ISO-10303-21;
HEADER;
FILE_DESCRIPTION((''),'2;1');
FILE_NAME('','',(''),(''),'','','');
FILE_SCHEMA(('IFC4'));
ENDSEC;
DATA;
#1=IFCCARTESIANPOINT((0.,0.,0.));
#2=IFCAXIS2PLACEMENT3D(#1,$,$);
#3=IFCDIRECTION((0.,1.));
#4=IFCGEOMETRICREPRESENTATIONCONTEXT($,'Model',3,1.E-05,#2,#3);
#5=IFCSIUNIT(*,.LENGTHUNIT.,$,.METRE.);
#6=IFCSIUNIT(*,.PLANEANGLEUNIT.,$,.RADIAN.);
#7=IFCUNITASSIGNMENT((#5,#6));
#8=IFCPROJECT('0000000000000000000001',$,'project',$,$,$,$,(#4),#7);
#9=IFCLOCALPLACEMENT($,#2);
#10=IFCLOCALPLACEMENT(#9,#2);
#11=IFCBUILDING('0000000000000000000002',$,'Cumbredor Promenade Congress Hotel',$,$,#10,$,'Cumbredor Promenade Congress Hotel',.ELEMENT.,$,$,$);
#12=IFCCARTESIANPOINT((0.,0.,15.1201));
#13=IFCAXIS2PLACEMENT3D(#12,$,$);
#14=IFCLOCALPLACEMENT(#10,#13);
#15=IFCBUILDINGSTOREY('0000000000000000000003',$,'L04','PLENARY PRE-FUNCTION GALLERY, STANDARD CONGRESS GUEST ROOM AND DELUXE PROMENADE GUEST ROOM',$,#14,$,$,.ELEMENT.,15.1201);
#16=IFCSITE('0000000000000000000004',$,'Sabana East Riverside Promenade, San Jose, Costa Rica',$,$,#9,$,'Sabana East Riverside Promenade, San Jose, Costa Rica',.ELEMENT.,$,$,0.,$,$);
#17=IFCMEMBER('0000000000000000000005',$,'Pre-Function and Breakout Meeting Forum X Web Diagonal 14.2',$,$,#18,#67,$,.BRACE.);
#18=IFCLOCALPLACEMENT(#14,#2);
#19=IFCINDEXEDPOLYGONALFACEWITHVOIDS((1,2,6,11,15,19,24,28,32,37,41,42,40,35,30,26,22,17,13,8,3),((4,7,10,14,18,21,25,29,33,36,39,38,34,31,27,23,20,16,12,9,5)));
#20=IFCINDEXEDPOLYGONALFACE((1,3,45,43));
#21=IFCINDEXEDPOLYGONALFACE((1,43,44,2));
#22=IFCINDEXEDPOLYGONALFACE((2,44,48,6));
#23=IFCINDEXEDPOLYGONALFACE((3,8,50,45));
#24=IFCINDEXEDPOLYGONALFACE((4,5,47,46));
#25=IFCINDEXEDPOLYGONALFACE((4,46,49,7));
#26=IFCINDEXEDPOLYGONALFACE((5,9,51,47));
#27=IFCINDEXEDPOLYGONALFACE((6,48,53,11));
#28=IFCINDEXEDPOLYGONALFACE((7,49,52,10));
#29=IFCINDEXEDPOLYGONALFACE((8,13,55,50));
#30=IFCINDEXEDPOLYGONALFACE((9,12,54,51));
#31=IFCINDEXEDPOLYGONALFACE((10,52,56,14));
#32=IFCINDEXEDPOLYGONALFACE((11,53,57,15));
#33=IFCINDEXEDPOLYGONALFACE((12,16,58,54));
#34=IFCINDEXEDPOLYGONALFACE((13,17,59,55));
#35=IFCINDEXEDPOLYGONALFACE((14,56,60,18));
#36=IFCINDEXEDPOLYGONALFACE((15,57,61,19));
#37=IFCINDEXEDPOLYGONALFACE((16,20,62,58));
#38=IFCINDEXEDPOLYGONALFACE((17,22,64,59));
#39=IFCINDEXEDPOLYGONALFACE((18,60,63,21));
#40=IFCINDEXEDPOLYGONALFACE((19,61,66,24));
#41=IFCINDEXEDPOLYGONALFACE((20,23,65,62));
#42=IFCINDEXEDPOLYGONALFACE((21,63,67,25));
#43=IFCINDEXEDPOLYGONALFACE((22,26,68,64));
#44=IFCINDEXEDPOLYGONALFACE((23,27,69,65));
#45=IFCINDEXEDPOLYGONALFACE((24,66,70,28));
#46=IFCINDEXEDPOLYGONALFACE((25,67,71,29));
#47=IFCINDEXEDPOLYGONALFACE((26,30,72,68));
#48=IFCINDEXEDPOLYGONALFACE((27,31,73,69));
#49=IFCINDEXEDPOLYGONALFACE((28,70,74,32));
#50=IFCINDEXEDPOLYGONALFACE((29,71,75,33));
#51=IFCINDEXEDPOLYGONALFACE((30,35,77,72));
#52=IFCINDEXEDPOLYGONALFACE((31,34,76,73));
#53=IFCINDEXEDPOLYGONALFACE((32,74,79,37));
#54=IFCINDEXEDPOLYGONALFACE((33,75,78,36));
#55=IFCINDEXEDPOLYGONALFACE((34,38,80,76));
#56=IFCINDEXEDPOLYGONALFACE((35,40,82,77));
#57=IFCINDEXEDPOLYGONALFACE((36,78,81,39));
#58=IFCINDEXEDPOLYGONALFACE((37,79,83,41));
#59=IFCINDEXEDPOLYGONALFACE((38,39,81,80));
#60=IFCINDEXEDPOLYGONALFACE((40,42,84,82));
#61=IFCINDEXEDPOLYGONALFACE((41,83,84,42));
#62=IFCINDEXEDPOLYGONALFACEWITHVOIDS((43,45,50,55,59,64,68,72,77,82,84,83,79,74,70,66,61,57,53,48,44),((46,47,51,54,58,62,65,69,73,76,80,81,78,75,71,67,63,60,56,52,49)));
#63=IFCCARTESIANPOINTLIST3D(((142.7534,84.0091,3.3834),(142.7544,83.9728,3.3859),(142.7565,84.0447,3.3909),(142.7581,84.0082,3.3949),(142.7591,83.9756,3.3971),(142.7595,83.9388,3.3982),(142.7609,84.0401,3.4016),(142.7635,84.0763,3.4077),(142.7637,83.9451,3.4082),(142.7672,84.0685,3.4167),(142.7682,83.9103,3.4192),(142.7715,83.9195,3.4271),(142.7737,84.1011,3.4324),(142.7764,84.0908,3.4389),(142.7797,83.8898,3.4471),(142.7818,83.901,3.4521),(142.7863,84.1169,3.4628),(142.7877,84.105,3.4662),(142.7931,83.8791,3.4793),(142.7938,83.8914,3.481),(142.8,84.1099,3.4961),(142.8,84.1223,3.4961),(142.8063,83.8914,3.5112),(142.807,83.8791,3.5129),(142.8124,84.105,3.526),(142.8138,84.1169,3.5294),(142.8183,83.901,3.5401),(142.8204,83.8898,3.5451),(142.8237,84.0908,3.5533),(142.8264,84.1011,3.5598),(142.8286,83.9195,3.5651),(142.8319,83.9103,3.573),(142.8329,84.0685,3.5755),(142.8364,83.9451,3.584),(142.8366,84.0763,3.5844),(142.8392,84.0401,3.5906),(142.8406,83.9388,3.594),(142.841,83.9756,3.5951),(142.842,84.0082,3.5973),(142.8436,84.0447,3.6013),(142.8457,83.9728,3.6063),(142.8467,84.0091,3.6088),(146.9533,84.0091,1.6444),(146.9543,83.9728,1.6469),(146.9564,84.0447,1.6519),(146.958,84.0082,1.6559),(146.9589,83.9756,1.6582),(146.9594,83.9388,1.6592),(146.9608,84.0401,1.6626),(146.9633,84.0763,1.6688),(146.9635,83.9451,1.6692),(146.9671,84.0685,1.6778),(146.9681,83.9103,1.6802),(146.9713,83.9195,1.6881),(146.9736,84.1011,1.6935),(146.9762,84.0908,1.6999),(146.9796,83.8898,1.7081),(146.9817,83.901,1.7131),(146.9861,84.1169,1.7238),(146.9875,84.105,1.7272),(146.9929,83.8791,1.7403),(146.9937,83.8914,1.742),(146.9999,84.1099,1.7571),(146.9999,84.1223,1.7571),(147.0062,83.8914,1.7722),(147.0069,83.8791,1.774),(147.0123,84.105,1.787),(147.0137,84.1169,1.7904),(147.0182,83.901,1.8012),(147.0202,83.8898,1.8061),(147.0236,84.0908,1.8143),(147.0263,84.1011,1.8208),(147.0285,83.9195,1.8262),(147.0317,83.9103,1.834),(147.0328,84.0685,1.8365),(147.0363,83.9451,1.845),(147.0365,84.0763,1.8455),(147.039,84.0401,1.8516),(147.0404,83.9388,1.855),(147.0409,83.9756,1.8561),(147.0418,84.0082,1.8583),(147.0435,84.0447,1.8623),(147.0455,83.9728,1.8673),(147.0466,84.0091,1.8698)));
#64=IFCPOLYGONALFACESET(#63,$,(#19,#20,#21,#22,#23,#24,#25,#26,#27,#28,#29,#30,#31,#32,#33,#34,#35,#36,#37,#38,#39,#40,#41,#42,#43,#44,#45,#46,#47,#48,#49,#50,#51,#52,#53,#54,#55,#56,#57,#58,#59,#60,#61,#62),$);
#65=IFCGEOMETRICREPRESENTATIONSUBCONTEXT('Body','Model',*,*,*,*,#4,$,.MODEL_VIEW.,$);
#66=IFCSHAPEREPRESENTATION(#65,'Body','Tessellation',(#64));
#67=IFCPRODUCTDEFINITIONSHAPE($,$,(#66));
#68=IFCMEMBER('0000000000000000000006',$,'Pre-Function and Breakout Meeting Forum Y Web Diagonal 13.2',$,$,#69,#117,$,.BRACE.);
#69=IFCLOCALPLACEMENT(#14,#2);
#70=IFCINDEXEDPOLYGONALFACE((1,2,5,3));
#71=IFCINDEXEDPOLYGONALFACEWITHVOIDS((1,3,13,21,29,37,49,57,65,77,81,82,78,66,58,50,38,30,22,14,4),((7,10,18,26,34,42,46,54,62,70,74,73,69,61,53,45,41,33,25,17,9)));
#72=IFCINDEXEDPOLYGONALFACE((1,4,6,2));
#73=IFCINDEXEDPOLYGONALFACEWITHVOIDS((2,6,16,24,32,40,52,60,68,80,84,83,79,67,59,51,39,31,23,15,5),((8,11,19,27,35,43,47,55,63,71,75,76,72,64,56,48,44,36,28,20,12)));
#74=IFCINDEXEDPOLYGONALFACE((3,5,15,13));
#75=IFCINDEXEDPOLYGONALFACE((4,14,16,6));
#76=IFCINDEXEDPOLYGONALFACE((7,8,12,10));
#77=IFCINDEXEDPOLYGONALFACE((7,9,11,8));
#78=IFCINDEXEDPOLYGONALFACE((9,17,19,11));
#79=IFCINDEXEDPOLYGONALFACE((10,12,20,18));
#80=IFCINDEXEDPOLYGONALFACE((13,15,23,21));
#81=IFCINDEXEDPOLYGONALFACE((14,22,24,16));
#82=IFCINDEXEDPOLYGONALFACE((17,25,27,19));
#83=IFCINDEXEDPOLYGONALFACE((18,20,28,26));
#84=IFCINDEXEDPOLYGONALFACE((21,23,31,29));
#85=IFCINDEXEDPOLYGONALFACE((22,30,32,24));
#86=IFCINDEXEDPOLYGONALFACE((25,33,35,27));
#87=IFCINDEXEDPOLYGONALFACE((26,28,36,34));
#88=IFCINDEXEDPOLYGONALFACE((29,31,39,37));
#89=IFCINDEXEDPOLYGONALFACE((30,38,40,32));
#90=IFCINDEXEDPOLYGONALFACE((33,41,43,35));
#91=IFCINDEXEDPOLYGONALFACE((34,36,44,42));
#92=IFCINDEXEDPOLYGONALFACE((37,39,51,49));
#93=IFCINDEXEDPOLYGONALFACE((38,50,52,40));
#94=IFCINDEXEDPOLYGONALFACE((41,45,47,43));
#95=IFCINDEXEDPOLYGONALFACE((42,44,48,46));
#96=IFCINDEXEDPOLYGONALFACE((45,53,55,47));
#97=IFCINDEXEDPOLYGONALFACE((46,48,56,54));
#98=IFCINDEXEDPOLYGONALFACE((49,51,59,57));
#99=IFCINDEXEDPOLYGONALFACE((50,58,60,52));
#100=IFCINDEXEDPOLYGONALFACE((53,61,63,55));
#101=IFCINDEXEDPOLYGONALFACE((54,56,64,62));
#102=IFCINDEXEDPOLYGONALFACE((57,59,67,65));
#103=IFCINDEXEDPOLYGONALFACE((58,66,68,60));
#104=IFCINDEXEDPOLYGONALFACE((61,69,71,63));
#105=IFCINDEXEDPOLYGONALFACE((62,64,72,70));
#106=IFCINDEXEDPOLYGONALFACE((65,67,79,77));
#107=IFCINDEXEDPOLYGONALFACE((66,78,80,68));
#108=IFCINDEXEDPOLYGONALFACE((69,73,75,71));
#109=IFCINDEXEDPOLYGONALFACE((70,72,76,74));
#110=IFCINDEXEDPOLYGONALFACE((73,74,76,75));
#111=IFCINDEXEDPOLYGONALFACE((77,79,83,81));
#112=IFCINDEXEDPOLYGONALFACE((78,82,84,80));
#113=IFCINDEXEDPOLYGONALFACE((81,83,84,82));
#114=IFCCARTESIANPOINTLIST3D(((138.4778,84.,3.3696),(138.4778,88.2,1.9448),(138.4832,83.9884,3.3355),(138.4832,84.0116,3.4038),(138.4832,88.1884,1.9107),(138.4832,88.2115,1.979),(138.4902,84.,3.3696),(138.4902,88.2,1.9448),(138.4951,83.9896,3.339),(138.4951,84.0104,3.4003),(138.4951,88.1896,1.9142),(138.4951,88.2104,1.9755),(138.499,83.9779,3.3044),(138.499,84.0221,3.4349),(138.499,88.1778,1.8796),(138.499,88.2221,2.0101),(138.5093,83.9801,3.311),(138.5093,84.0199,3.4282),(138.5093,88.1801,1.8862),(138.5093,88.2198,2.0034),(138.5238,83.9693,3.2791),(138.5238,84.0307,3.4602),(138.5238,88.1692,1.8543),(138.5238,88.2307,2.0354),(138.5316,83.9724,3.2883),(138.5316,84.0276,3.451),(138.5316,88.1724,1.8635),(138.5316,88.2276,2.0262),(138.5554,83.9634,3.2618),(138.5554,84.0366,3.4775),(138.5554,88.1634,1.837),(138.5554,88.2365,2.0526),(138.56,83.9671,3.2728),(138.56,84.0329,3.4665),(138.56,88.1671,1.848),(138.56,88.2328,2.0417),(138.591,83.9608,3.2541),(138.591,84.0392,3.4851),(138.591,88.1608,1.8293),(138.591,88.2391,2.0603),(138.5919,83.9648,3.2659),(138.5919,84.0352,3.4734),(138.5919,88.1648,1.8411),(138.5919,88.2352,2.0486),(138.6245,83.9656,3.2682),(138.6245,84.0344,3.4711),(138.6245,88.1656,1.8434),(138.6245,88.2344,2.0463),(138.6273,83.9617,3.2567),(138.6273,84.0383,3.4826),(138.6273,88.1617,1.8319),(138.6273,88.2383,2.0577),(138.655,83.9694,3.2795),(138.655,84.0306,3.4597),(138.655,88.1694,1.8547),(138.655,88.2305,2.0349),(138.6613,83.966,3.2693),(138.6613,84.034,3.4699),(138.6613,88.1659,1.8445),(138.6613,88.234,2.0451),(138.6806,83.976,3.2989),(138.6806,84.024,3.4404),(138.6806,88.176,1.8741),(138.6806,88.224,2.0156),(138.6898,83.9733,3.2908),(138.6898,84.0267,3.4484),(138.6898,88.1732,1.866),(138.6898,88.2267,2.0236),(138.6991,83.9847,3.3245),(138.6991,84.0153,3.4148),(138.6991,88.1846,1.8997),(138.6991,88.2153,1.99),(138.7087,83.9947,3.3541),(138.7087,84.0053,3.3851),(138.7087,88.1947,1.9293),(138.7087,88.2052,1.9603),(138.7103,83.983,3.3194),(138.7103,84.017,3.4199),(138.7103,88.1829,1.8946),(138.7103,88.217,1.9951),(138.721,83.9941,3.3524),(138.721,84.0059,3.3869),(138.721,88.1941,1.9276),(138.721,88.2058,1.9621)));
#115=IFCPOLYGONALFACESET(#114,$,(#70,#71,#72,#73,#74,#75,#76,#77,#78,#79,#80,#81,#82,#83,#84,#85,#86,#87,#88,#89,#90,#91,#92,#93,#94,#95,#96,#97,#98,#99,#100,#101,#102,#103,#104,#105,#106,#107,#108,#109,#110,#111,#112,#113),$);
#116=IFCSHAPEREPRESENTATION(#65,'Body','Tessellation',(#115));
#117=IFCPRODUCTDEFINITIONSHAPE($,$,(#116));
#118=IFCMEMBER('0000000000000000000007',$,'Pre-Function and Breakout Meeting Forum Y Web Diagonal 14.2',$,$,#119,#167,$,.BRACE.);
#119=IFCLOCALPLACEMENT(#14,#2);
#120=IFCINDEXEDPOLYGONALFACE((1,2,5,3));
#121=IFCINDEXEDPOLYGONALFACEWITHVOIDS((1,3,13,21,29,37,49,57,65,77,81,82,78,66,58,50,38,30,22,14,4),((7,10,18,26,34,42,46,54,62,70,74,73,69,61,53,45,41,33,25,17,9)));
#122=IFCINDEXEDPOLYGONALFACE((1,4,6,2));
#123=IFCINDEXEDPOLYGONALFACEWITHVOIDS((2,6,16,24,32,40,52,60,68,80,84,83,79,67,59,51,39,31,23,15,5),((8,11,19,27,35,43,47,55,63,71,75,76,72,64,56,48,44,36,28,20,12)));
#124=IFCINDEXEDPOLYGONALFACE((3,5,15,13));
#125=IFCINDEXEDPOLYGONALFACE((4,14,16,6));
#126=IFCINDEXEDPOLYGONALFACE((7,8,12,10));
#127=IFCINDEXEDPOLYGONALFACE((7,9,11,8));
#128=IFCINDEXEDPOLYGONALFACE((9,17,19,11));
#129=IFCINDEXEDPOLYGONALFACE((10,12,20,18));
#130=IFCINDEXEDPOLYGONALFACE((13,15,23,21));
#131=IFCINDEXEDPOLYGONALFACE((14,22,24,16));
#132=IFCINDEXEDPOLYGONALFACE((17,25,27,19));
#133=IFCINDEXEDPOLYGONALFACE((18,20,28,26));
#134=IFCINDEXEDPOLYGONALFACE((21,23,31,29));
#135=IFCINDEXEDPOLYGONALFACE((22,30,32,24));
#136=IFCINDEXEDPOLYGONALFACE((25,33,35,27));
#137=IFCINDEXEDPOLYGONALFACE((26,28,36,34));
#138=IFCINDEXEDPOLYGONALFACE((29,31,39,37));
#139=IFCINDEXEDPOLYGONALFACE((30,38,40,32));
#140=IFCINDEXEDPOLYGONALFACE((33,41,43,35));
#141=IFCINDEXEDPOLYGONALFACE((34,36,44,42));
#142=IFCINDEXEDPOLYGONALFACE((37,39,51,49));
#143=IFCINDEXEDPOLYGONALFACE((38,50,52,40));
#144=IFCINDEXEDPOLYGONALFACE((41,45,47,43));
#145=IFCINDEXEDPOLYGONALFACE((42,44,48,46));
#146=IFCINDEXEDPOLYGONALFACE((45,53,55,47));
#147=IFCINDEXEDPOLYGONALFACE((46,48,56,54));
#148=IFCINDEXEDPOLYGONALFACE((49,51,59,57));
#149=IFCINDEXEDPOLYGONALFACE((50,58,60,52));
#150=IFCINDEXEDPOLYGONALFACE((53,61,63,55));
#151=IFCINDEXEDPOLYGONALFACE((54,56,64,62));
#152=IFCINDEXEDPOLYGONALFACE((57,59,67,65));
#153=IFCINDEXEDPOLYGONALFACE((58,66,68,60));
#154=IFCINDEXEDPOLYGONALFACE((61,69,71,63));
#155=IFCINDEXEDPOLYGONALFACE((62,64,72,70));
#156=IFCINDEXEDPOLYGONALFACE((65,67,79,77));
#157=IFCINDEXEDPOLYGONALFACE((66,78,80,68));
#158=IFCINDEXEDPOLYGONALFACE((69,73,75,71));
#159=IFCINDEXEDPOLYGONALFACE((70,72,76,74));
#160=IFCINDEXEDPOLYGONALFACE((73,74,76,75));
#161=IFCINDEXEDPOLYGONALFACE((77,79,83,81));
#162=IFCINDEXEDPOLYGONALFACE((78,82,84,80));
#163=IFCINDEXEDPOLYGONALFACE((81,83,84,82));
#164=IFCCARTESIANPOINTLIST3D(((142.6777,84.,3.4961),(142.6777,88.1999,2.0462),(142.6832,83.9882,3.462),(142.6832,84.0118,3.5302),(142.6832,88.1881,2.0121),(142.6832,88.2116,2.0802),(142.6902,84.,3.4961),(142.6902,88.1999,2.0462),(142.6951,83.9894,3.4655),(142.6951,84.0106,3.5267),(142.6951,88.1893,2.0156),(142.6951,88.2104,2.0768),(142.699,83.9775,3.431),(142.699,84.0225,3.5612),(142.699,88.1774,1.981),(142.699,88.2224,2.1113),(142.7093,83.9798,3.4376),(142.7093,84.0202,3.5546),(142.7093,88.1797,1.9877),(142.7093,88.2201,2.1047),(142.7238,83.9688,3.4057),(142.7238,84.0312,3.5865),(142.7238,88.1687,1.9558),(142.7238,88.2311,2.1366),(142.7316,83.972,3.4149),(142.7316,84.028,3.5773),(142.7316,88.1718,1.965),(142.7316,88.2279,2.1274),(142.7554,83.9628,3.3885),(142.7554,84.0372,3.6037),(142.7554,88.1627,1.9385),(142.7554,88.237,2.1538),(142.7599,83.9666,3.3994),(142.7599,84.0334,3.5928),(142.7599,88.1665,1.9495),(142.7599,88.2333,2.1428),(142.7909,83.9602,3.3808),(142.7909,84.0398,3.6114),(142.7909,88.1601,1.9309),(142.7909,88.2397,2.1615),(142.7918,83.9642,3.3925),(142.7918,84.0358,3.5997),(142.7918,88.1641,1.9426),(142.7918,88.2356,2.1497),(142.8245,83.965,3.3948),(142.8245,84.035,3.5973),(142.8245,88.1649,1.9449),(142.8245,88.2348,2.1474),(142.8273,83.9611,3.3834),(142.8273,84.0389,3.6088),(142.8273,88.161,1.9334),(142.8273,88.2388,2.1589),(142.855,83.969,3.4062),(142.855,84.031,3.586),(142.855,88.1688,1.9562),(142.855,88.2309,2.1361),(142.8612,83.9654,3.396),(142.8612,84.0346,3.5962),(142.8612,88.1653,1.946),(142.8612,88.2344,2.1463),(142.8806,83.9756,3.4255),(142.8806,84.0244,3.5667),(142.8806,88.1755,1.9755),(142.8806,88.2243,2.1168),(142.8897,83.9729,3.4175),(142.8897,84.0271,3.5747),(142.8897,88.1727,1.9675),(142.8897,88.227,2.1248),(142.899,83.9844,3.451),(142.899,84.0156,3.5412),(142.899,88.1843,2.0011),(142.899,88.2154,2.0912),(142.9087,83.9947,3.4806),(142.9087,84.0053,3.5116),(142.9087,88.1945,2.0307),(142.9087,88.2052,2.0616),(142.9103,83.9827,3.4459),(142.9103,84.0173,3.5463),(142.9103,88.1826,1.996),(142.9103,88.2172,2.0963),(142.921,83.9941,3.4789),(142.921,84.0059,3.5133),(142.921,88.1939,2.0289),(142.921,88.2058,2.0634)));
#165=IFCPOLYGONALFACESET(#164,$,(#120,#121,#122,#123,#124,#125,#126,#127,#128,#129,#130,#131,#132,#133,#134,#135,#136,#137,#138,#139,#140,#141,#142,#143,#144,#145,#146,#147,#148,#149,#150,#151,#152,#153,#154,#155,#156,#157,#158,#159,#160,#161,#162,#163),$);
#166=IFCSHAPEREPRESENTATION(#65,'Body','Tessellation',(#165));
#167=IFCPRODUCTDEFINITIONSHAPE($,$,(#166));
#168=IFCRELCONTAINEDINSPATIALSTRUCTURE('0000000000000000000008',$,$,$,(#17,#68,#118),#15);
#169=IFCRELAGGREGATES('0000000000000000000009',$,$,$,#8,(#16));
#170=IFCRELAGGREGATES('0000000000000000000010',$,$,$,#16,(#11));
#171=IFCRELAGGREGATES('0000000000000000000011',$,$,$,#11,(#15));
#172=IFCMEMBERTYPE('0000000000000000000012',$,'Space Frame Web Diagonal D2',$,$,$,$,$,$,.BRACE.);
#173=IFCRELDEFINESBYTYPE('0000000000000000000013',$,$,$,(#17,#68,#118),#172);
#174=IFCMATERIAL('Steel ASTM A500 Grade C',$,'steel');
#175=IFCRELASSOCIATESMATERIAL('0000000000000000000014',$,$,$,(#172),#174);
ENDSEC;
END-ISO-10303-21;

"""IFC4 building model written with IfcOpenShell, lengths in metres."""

from ifc_helpers import new_model, si_unit, direction, frame, origin, origin_2d, place, context, subcontext, project, spatial, hollow_circle, extrude, material, material_profile, profile_set, type_object, element, save


model = new_model("IFC4")

# Units and contexts
model_context = context("Model", 3, precision=1e-05, world=origin(), true_north=direction((0.0, 1.0)))
body_context = subcontext(model_context, "Body", "Model", "MODEL_VIEW")
ifc_project = project(units=[si_unit("LENGTHUNIT", "METRE"), si_unit("PLANEANGLEUNIT", "RADIAN")], contexts=[model_context])

# Site, building, storey
site_placement = place(None, origin())
site = spatial("IfcSite", under=ifc_project, at=site_placement, Name="Sabana East Riverside Promenade, San Jose, Costa Rica", LongName="Sabana East Riverside Promenade, San Jose, Costa Rica", CompositionType="ELEMENT", RefElevation=0.0)
building_placement = place(site_placement, origin())
building = spatial("IfcBuilding", under=site, at=building_placement, Name="Cumbredor Promenade Congress Hotel", LongName="Cumbredor Promenade Congress Hotel", CompositionType="ELEMENT")
storey_placement = place(building_placement, frame((0.0, 0.0, 15.1201)))
storey = spatial("IfcBuildingStorey", under=building, at=storey_placement, Name="L04", Description="PLENARY PRE-FUNCTION GALLERY, STANDARD CONGRESS GUEST ROOM AND DELUXE PROMENADE GUEST ROOM", CompositionType="ELEMENT", Elevation=15.1201)

# Members
ifc_material_1 = material(Name="Steel ASTM A500 Grade C", Category="steel")
ifc_material_profile_1 = material_profile(ifc_material_1, hollow_circle(Radius=0.1223, WallThickness=0.0125, at=origin_2d()), Name="CHS 244.5x12.5")
ifc_profile_set_1 = profile_set([ifc_material_profile_1], Name="Steel ASTM A500 Grade C")
member_type_1 = type_object("IfcMemberType", Name="Space Frame Web Diagonal D2", PredefinedType="BRACE", material=ifc_profile_set_1)
member_1_placement = place(storey_placement, frame((142.8, 84.0, 3.4961), z_axis=(0.923931, 0.0, -0.382559), x_axis=(0.0, 1.0, 0.0)))
element("IfcMember", 1, at=member_1_placement, inside=storey, type_object=member_type_1, Name="Pre-Function and Breakout Meeting Forum X Web Diagonal 14.2", PredefinedType="BRACE", context=body_context, shape_type="SweptSolid", body=[
    extrude(hollow_circle(Radius=0.1223, WallThickness=0.0125, at=origin_2d()), origin(), (0.0, 0.0, 1.0), 4.5457),
])
member_2_placement = place(storey_placement, frame((138.6001, 84.0, 3.3696), z_axis=(0.0, 0.946991, -0.32126), x_axis=(-1.0, 0.0, 0.0)))
element("IfcMember", 2, at=member_2_placement, inside=storey, type_object=member_type_1, Name="Pre-Function and Breakout Meeting Forum Y Web Diagonal 13.2", PredefinedType="BRACE", context=body_context, shape_type="SweptSolid", body=[
    extrude(hollow_circle(Radius=0.1223, WallThickness=0.0125, at=origin_2d()), origin(), (0.0, 0.0, 1.0), 4.4351),
])
member_3_placement = place(storey_placement, frame((142.8, 84.0, 3.4961), z_axis=(0.0, 0.945256, -0.326331), x_axis=(-1.0, 0.0, 0.0)))
element("IfcMember", 3, at=member_3_placement, inside=storey, type_object=member_type_1, Name="Pre-Function and Breakout Meeting Forum Y Web Diagonal 14.2", PredefinedType="BRACE", context=body_context, shape_type="SweptSolid", body=[
    extrude(hollow_circle(Radius=0.1223, WallThickness=0.0125, at=origin_2d()), origin(), (0.0, 0.0, 1.0), 4.4431),
])

save(model, "model.ifc")
